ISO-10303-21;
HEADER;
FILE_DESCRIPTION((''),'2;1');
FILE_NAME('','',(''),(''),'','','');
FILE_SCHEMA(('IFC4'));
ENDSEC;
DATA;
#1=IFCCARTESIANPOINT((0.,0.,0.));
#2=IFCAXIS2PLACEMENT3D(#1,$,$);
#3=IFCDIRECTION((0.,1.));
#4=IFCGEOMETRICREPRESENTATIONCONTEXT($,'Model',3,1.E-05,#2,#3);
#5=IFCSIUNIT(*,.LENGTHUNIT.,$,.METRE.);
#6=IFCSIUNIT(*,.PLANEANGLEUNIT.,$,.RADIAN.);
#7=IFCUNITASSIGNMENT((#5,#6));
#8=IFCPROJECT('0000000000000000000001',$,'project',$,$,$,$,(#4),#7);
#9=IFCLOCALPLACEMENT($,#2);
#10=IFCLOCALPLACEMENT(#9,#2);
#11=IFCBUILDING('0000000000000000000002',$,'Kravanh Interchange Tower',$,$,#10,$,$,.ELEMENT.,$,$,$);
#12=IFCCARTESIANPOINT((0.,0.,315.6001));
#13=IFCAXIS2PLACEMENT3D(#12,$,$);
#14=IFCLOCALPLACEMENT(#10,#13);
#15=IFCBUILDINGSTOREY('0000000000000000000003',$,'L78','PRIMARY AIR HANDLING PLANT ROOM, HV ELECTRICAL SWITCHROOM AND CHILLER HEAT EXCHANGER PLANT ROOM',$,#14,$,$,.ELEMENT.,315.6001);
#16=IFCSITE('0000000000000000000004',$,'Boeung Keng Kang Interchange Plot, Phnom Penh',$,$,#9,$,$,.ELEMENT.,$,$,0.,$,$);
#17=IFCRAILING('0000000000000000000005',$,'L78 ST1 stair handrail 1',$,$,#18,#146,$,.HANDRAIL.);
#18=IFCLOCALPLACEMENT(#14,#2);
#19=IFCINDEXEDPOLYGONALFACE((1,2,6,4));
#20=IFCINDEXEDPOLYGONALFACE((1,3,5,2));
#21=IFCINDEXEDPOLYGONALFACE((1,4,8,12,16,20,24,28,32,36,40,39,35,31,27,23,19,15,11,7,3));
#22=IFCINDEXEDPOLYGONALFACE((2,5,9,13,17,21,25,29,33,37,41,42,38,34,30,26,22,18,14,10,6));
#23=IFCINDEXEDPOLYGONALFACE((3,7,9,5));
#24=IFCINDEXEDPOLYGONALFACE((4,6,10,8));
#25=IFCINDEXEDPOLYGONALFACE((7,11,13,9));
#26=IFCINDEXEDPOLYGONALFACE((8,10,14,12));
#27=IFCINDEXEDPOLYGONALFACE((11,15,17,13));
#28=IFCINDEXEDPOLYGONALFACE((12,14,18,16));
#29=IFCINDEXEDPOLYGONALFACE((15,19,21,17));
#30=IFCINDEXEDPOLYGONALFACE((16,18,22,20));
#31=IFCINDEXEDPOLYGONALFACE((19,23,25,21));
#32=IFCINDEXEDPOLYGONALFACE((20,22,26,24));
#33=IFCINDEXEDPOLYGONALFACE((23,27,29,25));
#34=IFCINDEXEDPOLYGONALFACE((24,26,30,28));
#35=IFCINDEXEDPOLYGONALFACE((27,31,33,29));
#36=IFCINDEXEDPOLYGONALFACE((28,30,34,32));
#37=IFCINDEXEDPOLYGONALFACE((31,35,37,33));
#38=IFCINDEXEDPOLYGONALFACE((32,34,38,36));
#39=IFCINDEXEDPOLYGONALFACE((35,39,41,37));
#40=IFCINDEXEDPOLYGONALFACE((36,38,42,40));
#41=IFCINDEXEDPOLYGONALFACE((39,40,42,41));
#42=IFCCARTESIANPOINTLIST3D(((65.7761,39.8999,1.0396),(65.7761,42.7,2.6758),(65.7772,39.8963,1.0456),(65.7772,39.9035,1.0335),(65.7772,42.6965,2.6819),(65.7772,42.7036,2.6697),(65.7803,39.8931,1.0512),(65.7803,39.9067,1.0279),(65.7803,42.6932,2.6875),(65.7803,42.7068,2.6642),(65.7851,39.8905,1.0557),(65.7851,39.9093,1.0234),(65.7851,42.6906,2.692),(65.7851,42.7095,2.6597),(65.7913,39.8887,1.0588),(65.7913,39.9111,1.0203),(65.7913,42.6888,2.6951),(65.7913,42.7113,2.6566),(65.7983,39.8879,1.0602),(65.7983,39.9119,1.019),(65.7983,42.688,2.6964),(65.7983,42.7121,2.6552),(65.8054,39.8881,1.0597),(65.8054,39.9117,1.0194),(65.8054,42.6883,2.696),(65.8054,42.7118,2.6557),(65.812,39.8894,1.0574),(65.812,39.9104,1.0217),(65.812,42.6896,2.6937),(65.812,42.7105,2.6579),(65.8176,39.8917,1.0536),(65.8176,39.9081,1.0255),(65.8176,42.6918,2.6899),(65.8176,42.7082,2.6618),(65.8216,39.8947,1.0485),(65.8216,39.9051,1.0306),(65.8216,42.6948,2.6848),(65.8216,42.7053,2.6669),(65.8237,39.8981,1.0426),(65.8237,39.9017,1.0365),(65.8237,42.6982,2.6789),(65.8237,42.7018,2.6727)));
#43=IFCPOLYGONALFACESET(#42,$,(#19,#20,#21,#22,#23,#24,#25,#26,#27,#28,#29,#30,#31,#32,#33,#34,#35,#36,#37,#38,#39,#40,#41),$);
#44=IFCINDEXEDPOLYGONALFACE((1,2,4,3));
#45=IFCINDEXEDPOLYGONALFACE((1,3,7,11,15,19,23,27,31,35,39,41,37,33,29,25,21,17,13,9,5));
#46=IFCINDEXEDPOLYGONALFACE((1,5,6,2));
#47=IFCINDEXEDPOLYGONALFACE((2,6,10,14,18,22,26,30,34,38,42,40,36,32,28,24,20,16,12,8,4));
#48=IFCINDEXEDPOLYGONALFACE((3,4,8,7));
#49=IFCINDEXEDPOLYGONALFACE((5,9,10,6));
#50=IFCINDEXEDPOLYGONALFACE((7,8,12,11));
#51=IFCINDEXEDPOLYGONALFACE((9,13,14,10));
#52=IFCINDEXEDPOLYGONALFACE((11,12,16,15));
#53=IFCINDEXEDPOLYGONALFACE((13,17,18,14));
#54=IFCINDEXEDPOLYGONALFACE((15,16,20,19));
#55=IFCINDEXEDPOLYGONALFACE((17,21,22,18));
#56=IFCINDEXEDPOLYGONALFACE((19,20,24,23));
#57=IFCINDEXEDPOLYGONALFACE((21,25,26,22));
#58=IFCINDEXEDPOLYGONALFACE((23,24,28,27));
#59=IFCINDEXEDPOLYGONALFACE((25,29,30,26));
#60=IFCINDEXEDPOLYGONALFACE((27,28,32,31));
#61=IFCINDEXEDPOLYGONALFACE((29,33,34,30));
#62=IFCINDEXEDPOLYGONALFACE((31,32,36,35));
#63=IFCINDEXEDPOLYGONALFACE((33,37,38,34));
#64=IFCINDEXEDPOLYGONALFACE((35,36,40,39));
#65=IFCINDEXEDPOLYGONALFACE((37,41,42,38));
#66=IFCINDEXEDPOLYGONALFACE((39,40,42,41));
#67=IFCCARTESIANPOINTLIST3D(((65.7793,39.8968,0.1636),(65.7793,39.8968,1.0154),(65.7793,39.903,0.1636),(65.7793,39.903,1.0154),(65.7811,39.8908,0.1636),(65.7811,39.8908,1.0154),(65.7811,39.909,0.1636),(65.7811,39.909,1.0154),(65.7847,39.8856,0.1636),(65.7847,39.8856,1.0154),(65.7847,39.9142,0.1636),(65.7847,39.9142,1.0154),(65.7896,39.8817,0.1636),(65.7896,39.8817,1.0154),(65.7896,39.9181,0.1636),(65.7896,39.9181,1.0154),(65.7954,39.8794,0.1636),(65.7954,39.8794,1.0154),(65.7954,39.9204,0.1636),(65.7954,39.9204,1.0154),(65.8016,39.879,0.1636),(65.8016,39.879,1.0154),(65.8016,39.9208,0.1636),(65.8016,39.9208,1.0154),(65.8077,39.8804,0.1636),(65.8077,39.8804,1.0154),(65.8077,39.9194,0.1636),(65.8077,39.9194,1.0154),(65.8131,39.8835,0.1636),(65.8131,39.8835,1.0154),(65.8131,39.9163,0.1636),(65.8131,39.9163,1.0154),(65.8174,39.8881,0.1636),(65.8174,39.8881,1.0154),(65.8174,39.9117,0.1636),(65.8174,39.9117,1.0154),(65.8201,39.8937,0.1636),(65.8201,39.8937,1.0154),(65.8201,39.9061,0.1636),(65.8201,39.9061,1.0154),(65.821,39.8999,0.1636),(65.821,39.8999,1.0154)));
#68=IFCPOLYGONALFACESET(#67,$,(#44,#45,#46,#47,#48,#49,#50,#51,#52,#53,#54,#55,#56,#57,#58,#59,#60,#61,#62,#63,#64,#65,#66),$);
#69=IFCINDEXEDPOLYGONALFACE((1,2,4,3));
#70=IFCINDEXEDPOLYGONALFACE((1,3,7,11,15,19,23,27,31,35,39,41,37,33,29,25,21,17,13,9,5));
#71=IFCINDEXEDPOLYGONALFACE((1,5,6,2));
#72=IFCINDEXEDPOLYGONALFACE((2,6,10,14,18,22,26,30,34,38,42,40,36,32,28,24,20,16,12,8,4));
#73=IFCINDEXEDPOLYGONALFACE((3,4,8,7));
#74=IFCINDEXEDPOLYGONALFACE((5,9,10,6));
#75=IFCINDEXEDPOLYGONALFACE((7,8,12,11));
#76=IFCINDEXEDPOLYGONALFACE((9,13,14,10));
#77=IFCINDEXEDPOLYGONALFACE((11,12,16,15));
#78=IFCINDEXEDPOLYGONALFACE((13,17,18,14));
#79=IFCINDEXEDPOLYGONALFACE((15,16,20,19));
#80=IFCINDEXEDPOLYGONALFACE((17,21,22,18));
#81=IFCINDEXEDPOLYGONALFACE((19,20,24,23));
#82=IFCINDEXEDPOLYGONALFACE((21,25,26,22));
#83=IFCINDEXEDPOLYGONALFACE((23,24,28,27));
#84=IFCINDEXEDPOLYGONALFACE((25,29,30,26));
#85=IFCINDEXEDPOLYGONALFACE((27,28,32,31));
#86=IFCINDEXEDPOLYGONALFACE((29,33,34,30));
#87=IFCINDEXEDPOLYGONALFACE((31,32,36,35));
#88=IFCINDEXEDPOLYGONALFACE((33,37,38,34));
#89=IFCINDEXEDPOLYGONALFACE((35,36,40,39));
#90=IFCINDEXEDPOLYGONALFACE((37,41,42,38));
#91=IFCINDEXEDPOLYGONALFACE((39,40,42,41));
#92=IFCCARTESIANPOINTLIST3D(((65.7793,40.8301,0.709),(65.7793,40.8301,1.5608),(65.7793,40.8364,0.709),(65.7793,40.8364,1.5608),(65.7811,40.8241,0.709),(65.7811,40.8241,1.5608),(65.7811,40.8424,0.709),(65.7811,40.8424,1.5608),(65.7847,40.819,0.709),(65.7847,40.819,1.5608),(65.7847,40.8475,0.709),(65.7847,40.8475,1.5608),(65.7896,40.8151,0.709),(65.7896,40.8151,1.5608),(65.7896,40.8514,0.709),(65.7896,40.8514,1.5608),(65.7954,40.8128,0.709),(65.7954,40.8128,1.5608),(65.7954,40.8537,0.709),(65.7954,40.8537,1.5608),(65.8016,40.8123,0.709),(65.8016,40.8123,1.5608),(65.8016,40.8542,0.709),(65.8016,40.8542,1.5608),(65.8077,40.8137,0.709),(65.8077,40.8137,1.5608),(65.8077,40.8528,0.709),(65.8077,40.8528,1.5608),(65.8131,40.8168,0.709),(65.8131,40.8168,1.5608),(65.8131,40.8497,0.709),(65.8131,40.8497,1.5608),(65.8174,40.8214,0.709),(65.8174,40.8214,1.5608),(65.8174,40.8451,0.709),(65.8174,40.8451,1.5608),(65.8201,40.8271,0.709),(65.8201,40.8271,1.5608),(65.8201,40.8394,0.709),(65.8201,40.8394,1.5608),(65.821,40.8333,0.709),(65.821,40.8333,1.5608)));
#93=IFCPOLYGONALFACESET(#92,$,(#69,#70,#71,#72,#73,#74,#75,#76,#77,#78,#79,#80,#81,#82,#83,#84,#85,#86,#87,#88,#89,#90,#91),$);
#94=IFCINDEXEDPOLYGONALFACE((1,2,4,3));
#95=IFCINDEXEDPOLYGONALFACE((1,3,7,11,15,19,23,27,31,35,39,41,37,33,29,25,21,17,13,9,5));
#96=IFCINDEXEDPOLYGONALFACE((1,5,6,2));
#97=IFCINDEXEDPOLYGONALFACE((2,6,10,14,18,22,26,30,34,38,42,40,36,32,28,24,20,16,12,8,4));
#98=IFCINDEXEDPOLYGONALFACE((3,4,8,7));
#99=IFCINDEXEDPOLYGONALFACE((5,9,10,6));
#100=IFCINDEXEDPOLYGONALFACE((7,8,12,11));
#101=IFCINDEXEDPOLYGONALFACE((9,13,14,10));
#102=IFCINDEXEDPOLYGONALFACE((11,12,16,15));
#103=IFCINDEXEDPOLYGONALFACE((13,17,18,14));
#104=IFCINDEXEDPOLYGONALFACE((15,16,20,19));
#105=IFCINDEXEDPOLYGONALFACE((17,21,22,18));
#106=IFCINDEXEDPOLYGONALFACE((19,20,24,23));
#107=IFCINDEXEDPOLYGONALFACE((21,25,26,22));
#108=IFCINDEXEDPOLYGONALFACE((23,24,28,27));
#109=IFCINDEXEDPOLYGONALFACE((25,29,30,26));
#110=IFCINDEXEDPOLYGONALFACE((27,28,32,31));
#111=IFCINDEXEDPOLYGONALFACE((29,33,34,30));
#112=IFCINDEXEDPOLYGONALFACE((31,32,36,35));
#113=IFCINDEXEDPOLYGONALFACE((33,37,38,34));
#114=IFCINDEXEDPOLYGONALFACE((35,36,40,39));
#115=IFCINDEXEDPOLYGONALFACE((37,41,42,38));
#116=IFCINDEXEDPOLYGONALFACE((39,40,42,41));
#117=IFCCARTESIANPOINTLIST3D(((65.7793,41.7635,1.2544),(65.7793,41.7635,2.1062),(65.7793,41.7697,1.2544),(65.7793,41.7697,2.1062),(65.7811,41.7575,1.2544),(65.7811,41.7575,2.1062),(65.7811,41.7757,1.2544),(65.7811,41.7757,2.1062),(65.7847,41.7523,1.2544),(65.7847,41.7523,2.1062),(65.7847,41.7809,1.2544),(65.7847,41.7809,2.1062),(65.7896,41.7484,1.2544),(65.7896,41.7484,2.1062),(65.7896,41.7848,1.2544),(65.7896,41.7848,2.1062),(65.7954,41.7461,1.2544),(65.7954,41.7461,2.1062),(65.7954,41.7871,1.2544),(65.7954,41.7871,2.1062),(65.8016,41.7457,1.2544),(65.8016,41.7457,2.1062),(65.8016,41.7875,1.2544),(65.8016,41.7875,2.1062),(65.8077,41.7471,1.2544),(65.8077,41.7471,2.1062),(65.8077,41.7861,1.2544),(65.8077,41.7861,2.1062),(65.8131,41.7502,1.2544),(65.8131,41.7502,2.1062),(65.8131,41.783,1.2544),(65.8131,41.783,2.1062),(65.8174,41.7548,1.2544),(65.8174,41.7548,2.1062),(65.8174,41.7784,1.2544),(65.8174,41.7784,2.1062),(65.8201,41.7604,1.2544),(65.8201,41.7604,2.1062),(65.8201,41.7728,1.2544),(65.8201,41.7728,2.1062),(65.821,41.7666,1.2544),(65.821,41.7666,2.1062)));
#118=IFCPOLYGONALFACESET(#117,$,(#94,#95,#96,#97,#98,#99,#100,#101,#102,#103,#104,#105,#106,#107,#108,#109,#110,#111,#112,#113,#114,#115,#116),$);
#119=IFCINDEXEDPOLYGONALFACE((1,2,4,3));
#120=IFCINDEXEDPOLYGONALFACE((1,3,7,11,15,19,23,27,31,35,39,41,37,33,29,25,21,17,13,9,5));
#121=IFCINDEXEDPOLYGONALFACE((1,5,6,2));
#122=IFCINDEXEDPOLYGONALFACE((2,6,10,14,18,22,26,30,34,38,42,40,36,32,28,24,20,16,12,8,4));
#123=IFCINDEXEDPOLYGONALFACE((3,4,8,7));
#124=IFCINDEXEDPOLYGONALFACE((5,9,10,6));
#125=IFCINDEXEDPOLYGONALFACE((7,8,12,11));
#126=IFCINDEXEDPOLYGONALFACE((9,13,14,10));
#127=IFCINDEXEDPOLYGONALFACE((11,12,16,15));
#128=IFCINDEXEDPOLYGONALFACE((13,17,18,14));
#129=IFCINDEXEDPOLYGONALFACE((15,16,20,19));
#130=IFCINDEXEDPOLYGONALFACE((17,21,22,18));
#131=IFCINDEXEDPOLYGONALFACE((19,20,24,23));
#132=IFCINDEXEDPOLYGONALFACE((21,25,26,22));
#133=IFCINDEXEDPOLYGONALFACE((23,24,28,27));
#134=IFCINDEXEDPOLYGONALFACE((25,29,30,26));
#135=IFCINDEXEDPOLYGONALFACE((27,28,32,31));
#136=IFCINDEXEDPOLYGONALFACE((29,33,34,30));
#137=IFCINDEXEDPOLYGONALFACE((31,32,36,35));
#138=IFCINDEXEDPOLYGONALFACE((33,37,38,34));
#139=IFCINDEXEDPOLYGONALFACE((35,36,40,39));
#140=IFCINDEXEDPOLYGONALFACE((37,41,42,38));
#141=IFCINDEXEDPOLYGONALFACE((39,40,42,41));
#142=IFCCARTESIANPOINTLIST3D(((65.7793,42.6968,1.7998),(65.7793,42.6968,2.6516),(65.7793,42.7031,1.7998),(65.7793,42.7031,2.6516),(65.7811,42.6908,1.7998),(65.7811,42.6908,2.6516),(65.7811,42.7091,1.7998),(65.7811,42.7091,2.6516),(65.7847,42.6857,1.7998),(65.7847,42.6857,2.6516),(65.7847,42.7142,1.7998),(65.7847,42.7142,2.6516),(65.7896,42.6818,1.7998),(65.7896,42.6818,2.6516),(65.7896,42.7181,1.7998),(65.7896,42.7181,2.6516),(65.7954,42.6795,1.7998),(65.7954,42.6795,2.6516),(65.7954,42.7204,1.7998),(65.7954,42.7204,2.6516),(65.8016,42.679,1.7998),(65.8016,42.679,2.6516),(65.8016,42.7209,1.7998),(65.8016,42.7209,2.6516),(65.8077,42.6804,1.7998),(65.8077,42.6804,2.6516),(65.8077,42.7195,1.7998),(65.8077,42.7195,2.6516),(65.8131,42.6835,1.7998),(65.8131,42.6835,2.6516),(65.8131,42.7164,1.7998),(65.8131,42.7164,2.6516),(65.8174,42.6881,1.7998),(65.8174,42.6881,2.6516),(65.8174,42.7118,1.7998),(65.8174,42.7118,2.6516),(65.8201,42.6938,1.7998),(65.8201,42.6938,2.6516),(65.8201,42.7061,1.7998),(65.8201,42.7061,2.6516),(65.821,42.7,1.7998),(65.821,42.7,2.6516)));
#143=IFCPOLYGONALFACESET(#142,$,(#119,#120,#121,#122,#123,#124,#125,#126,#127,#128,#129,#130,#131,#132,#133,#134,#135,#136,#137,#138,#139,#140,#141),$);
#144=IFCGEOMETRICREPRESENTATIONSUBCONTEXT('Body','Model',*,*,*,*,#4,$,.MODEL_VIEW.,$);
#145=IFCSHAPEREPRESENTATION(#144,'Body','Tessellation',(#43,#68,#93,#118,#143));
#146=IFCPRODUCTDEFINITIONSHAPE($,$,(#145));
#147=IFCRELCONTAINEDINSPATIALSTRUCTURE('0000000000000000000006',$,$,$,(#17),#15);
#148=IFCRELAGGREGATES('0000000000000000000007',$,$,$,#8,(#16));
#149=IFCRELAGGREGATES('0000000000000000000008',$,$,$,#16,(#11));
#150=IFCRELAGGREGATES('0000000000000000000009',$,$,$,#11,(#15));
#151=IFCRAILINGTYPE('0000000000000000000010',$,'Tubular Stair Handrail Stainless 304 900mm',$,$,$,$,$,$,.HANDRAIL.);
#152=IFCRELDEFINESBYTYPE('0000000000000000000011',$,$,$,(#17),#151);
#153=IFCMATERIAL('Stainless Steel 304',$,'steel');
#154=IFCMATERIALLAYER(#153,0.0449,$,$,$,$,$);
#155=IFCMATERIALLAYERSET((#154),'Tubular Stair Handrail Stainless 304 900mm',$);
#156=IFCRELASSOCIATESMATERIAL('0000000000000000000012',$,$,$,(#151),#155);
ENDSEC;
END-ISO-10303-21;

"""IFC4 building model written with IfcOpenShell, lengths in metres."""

from ifc_helpers import new_model, si_unit, direction, frame, origin, origin_2d, place, context, subcontext, project, spatial, circle, extrude, material, layer, layer_set, type_object, element, save


model = new_model("IFC4")

# Units and contexts
model_context = context("Model", 3, precision=1e-05, world=origin(), true_north=direction((0.0, 1.0)))
body_context = subcontext(model_context, "Body", "Model", "MODEL_VIEW")
ifc_project = project(units=[si_unit("LENGTHUNIT", "METRE"), si_unit("PLANEANGLEUNIT", "RADIAN")], contexts=[model_context])

# Site, building, storey
site_placement = place(None, origin())
site = spatial("IfcSite", under=ifc_project, at=site_placement, Name="Boeung Keng Kang Interchange Plot, Phnom Penh", CompositionType="ELEMENT", RefElevation=0.0)
building_placement = place(site_placement, origin())
building = spatial("IfcBuilding", under=site, at=building_placement, Name="Kravanh Interchange Tower", CompositionType="ELEMENT")
storey_placement = place(building_placement, frame((0.0, 0.0, 315.6001)))
storey = spatial("IfcBuildingStorey", under=building, at=storey_placement, Name="L78", Description="PRIMARY AIR HANDLING PLANT ROOM, HV ELECTRICAL SWITCHROOM AND CHILLER HEAT EXCHANGER PLANT ROOM", CompositionType="ELEMENT", Elevation=315.6001)

# Railing
ifc_material_1 = material(Name="Stainless Steel 304", Category="steel")
ifc_layer_1 = layer(ifc_material_1, 0.0449)
ifc_layer_set_1 = layer_set([ifc_layer_1], Name="Tubular Stair Handrail Stainless 304 900mm")
railing_type_1 = type_object("IfcRailingType", Name="Tubular Stair Handrail Stainless 304 900mm", PredefinedType="HANDRAIL", material=ifc_layer_set_1)
railing_1_placement = place(storey_placement, frame((65.8, 39.8999, 0.1636)))
element("IfcRailing", 1, at=railing_1_placement, inside=storey, type_object=railing_type_1, Name="L78 ST1 stair handrail 1", PredefinedType="HANDRAIL", context=body_context, shape_type="SweptSolid", body=[
    extrude(circle(Radius=0.0239, at=origin_2d()), frame((0.0, 0.0, 0.876), z_axis=(0.0, 0.863394, 0.504531), x_axis=(-1.0, 0.0, 0.0)), (0.0, 0.0, 1.0), 3.2432),
    extrude(circle(Radius=0.021, at=origin_2d()), origin(), (0.0, 0.0, 1.0), 0.8518),
    extrude(circle(Radius=0.021, at=origin_2d()), frame((0.0, 0.9333, 0.5454)), (0.0, 0.0, 1.0), 0.8518),
    extrude(circle(Radius=0.021, at=origin_2d()), frame((0.0, 1.8667, 1.0908)), (0.0, 0.0, 1.0), 0.8518),
    extrude(circle(Radius=0.021, at=origin_2d()), frame((0.0, 2.8, 1.6362)), (0.0, 0.0, 1.0), 0.8518),
])

save(model, "model.ifc")
